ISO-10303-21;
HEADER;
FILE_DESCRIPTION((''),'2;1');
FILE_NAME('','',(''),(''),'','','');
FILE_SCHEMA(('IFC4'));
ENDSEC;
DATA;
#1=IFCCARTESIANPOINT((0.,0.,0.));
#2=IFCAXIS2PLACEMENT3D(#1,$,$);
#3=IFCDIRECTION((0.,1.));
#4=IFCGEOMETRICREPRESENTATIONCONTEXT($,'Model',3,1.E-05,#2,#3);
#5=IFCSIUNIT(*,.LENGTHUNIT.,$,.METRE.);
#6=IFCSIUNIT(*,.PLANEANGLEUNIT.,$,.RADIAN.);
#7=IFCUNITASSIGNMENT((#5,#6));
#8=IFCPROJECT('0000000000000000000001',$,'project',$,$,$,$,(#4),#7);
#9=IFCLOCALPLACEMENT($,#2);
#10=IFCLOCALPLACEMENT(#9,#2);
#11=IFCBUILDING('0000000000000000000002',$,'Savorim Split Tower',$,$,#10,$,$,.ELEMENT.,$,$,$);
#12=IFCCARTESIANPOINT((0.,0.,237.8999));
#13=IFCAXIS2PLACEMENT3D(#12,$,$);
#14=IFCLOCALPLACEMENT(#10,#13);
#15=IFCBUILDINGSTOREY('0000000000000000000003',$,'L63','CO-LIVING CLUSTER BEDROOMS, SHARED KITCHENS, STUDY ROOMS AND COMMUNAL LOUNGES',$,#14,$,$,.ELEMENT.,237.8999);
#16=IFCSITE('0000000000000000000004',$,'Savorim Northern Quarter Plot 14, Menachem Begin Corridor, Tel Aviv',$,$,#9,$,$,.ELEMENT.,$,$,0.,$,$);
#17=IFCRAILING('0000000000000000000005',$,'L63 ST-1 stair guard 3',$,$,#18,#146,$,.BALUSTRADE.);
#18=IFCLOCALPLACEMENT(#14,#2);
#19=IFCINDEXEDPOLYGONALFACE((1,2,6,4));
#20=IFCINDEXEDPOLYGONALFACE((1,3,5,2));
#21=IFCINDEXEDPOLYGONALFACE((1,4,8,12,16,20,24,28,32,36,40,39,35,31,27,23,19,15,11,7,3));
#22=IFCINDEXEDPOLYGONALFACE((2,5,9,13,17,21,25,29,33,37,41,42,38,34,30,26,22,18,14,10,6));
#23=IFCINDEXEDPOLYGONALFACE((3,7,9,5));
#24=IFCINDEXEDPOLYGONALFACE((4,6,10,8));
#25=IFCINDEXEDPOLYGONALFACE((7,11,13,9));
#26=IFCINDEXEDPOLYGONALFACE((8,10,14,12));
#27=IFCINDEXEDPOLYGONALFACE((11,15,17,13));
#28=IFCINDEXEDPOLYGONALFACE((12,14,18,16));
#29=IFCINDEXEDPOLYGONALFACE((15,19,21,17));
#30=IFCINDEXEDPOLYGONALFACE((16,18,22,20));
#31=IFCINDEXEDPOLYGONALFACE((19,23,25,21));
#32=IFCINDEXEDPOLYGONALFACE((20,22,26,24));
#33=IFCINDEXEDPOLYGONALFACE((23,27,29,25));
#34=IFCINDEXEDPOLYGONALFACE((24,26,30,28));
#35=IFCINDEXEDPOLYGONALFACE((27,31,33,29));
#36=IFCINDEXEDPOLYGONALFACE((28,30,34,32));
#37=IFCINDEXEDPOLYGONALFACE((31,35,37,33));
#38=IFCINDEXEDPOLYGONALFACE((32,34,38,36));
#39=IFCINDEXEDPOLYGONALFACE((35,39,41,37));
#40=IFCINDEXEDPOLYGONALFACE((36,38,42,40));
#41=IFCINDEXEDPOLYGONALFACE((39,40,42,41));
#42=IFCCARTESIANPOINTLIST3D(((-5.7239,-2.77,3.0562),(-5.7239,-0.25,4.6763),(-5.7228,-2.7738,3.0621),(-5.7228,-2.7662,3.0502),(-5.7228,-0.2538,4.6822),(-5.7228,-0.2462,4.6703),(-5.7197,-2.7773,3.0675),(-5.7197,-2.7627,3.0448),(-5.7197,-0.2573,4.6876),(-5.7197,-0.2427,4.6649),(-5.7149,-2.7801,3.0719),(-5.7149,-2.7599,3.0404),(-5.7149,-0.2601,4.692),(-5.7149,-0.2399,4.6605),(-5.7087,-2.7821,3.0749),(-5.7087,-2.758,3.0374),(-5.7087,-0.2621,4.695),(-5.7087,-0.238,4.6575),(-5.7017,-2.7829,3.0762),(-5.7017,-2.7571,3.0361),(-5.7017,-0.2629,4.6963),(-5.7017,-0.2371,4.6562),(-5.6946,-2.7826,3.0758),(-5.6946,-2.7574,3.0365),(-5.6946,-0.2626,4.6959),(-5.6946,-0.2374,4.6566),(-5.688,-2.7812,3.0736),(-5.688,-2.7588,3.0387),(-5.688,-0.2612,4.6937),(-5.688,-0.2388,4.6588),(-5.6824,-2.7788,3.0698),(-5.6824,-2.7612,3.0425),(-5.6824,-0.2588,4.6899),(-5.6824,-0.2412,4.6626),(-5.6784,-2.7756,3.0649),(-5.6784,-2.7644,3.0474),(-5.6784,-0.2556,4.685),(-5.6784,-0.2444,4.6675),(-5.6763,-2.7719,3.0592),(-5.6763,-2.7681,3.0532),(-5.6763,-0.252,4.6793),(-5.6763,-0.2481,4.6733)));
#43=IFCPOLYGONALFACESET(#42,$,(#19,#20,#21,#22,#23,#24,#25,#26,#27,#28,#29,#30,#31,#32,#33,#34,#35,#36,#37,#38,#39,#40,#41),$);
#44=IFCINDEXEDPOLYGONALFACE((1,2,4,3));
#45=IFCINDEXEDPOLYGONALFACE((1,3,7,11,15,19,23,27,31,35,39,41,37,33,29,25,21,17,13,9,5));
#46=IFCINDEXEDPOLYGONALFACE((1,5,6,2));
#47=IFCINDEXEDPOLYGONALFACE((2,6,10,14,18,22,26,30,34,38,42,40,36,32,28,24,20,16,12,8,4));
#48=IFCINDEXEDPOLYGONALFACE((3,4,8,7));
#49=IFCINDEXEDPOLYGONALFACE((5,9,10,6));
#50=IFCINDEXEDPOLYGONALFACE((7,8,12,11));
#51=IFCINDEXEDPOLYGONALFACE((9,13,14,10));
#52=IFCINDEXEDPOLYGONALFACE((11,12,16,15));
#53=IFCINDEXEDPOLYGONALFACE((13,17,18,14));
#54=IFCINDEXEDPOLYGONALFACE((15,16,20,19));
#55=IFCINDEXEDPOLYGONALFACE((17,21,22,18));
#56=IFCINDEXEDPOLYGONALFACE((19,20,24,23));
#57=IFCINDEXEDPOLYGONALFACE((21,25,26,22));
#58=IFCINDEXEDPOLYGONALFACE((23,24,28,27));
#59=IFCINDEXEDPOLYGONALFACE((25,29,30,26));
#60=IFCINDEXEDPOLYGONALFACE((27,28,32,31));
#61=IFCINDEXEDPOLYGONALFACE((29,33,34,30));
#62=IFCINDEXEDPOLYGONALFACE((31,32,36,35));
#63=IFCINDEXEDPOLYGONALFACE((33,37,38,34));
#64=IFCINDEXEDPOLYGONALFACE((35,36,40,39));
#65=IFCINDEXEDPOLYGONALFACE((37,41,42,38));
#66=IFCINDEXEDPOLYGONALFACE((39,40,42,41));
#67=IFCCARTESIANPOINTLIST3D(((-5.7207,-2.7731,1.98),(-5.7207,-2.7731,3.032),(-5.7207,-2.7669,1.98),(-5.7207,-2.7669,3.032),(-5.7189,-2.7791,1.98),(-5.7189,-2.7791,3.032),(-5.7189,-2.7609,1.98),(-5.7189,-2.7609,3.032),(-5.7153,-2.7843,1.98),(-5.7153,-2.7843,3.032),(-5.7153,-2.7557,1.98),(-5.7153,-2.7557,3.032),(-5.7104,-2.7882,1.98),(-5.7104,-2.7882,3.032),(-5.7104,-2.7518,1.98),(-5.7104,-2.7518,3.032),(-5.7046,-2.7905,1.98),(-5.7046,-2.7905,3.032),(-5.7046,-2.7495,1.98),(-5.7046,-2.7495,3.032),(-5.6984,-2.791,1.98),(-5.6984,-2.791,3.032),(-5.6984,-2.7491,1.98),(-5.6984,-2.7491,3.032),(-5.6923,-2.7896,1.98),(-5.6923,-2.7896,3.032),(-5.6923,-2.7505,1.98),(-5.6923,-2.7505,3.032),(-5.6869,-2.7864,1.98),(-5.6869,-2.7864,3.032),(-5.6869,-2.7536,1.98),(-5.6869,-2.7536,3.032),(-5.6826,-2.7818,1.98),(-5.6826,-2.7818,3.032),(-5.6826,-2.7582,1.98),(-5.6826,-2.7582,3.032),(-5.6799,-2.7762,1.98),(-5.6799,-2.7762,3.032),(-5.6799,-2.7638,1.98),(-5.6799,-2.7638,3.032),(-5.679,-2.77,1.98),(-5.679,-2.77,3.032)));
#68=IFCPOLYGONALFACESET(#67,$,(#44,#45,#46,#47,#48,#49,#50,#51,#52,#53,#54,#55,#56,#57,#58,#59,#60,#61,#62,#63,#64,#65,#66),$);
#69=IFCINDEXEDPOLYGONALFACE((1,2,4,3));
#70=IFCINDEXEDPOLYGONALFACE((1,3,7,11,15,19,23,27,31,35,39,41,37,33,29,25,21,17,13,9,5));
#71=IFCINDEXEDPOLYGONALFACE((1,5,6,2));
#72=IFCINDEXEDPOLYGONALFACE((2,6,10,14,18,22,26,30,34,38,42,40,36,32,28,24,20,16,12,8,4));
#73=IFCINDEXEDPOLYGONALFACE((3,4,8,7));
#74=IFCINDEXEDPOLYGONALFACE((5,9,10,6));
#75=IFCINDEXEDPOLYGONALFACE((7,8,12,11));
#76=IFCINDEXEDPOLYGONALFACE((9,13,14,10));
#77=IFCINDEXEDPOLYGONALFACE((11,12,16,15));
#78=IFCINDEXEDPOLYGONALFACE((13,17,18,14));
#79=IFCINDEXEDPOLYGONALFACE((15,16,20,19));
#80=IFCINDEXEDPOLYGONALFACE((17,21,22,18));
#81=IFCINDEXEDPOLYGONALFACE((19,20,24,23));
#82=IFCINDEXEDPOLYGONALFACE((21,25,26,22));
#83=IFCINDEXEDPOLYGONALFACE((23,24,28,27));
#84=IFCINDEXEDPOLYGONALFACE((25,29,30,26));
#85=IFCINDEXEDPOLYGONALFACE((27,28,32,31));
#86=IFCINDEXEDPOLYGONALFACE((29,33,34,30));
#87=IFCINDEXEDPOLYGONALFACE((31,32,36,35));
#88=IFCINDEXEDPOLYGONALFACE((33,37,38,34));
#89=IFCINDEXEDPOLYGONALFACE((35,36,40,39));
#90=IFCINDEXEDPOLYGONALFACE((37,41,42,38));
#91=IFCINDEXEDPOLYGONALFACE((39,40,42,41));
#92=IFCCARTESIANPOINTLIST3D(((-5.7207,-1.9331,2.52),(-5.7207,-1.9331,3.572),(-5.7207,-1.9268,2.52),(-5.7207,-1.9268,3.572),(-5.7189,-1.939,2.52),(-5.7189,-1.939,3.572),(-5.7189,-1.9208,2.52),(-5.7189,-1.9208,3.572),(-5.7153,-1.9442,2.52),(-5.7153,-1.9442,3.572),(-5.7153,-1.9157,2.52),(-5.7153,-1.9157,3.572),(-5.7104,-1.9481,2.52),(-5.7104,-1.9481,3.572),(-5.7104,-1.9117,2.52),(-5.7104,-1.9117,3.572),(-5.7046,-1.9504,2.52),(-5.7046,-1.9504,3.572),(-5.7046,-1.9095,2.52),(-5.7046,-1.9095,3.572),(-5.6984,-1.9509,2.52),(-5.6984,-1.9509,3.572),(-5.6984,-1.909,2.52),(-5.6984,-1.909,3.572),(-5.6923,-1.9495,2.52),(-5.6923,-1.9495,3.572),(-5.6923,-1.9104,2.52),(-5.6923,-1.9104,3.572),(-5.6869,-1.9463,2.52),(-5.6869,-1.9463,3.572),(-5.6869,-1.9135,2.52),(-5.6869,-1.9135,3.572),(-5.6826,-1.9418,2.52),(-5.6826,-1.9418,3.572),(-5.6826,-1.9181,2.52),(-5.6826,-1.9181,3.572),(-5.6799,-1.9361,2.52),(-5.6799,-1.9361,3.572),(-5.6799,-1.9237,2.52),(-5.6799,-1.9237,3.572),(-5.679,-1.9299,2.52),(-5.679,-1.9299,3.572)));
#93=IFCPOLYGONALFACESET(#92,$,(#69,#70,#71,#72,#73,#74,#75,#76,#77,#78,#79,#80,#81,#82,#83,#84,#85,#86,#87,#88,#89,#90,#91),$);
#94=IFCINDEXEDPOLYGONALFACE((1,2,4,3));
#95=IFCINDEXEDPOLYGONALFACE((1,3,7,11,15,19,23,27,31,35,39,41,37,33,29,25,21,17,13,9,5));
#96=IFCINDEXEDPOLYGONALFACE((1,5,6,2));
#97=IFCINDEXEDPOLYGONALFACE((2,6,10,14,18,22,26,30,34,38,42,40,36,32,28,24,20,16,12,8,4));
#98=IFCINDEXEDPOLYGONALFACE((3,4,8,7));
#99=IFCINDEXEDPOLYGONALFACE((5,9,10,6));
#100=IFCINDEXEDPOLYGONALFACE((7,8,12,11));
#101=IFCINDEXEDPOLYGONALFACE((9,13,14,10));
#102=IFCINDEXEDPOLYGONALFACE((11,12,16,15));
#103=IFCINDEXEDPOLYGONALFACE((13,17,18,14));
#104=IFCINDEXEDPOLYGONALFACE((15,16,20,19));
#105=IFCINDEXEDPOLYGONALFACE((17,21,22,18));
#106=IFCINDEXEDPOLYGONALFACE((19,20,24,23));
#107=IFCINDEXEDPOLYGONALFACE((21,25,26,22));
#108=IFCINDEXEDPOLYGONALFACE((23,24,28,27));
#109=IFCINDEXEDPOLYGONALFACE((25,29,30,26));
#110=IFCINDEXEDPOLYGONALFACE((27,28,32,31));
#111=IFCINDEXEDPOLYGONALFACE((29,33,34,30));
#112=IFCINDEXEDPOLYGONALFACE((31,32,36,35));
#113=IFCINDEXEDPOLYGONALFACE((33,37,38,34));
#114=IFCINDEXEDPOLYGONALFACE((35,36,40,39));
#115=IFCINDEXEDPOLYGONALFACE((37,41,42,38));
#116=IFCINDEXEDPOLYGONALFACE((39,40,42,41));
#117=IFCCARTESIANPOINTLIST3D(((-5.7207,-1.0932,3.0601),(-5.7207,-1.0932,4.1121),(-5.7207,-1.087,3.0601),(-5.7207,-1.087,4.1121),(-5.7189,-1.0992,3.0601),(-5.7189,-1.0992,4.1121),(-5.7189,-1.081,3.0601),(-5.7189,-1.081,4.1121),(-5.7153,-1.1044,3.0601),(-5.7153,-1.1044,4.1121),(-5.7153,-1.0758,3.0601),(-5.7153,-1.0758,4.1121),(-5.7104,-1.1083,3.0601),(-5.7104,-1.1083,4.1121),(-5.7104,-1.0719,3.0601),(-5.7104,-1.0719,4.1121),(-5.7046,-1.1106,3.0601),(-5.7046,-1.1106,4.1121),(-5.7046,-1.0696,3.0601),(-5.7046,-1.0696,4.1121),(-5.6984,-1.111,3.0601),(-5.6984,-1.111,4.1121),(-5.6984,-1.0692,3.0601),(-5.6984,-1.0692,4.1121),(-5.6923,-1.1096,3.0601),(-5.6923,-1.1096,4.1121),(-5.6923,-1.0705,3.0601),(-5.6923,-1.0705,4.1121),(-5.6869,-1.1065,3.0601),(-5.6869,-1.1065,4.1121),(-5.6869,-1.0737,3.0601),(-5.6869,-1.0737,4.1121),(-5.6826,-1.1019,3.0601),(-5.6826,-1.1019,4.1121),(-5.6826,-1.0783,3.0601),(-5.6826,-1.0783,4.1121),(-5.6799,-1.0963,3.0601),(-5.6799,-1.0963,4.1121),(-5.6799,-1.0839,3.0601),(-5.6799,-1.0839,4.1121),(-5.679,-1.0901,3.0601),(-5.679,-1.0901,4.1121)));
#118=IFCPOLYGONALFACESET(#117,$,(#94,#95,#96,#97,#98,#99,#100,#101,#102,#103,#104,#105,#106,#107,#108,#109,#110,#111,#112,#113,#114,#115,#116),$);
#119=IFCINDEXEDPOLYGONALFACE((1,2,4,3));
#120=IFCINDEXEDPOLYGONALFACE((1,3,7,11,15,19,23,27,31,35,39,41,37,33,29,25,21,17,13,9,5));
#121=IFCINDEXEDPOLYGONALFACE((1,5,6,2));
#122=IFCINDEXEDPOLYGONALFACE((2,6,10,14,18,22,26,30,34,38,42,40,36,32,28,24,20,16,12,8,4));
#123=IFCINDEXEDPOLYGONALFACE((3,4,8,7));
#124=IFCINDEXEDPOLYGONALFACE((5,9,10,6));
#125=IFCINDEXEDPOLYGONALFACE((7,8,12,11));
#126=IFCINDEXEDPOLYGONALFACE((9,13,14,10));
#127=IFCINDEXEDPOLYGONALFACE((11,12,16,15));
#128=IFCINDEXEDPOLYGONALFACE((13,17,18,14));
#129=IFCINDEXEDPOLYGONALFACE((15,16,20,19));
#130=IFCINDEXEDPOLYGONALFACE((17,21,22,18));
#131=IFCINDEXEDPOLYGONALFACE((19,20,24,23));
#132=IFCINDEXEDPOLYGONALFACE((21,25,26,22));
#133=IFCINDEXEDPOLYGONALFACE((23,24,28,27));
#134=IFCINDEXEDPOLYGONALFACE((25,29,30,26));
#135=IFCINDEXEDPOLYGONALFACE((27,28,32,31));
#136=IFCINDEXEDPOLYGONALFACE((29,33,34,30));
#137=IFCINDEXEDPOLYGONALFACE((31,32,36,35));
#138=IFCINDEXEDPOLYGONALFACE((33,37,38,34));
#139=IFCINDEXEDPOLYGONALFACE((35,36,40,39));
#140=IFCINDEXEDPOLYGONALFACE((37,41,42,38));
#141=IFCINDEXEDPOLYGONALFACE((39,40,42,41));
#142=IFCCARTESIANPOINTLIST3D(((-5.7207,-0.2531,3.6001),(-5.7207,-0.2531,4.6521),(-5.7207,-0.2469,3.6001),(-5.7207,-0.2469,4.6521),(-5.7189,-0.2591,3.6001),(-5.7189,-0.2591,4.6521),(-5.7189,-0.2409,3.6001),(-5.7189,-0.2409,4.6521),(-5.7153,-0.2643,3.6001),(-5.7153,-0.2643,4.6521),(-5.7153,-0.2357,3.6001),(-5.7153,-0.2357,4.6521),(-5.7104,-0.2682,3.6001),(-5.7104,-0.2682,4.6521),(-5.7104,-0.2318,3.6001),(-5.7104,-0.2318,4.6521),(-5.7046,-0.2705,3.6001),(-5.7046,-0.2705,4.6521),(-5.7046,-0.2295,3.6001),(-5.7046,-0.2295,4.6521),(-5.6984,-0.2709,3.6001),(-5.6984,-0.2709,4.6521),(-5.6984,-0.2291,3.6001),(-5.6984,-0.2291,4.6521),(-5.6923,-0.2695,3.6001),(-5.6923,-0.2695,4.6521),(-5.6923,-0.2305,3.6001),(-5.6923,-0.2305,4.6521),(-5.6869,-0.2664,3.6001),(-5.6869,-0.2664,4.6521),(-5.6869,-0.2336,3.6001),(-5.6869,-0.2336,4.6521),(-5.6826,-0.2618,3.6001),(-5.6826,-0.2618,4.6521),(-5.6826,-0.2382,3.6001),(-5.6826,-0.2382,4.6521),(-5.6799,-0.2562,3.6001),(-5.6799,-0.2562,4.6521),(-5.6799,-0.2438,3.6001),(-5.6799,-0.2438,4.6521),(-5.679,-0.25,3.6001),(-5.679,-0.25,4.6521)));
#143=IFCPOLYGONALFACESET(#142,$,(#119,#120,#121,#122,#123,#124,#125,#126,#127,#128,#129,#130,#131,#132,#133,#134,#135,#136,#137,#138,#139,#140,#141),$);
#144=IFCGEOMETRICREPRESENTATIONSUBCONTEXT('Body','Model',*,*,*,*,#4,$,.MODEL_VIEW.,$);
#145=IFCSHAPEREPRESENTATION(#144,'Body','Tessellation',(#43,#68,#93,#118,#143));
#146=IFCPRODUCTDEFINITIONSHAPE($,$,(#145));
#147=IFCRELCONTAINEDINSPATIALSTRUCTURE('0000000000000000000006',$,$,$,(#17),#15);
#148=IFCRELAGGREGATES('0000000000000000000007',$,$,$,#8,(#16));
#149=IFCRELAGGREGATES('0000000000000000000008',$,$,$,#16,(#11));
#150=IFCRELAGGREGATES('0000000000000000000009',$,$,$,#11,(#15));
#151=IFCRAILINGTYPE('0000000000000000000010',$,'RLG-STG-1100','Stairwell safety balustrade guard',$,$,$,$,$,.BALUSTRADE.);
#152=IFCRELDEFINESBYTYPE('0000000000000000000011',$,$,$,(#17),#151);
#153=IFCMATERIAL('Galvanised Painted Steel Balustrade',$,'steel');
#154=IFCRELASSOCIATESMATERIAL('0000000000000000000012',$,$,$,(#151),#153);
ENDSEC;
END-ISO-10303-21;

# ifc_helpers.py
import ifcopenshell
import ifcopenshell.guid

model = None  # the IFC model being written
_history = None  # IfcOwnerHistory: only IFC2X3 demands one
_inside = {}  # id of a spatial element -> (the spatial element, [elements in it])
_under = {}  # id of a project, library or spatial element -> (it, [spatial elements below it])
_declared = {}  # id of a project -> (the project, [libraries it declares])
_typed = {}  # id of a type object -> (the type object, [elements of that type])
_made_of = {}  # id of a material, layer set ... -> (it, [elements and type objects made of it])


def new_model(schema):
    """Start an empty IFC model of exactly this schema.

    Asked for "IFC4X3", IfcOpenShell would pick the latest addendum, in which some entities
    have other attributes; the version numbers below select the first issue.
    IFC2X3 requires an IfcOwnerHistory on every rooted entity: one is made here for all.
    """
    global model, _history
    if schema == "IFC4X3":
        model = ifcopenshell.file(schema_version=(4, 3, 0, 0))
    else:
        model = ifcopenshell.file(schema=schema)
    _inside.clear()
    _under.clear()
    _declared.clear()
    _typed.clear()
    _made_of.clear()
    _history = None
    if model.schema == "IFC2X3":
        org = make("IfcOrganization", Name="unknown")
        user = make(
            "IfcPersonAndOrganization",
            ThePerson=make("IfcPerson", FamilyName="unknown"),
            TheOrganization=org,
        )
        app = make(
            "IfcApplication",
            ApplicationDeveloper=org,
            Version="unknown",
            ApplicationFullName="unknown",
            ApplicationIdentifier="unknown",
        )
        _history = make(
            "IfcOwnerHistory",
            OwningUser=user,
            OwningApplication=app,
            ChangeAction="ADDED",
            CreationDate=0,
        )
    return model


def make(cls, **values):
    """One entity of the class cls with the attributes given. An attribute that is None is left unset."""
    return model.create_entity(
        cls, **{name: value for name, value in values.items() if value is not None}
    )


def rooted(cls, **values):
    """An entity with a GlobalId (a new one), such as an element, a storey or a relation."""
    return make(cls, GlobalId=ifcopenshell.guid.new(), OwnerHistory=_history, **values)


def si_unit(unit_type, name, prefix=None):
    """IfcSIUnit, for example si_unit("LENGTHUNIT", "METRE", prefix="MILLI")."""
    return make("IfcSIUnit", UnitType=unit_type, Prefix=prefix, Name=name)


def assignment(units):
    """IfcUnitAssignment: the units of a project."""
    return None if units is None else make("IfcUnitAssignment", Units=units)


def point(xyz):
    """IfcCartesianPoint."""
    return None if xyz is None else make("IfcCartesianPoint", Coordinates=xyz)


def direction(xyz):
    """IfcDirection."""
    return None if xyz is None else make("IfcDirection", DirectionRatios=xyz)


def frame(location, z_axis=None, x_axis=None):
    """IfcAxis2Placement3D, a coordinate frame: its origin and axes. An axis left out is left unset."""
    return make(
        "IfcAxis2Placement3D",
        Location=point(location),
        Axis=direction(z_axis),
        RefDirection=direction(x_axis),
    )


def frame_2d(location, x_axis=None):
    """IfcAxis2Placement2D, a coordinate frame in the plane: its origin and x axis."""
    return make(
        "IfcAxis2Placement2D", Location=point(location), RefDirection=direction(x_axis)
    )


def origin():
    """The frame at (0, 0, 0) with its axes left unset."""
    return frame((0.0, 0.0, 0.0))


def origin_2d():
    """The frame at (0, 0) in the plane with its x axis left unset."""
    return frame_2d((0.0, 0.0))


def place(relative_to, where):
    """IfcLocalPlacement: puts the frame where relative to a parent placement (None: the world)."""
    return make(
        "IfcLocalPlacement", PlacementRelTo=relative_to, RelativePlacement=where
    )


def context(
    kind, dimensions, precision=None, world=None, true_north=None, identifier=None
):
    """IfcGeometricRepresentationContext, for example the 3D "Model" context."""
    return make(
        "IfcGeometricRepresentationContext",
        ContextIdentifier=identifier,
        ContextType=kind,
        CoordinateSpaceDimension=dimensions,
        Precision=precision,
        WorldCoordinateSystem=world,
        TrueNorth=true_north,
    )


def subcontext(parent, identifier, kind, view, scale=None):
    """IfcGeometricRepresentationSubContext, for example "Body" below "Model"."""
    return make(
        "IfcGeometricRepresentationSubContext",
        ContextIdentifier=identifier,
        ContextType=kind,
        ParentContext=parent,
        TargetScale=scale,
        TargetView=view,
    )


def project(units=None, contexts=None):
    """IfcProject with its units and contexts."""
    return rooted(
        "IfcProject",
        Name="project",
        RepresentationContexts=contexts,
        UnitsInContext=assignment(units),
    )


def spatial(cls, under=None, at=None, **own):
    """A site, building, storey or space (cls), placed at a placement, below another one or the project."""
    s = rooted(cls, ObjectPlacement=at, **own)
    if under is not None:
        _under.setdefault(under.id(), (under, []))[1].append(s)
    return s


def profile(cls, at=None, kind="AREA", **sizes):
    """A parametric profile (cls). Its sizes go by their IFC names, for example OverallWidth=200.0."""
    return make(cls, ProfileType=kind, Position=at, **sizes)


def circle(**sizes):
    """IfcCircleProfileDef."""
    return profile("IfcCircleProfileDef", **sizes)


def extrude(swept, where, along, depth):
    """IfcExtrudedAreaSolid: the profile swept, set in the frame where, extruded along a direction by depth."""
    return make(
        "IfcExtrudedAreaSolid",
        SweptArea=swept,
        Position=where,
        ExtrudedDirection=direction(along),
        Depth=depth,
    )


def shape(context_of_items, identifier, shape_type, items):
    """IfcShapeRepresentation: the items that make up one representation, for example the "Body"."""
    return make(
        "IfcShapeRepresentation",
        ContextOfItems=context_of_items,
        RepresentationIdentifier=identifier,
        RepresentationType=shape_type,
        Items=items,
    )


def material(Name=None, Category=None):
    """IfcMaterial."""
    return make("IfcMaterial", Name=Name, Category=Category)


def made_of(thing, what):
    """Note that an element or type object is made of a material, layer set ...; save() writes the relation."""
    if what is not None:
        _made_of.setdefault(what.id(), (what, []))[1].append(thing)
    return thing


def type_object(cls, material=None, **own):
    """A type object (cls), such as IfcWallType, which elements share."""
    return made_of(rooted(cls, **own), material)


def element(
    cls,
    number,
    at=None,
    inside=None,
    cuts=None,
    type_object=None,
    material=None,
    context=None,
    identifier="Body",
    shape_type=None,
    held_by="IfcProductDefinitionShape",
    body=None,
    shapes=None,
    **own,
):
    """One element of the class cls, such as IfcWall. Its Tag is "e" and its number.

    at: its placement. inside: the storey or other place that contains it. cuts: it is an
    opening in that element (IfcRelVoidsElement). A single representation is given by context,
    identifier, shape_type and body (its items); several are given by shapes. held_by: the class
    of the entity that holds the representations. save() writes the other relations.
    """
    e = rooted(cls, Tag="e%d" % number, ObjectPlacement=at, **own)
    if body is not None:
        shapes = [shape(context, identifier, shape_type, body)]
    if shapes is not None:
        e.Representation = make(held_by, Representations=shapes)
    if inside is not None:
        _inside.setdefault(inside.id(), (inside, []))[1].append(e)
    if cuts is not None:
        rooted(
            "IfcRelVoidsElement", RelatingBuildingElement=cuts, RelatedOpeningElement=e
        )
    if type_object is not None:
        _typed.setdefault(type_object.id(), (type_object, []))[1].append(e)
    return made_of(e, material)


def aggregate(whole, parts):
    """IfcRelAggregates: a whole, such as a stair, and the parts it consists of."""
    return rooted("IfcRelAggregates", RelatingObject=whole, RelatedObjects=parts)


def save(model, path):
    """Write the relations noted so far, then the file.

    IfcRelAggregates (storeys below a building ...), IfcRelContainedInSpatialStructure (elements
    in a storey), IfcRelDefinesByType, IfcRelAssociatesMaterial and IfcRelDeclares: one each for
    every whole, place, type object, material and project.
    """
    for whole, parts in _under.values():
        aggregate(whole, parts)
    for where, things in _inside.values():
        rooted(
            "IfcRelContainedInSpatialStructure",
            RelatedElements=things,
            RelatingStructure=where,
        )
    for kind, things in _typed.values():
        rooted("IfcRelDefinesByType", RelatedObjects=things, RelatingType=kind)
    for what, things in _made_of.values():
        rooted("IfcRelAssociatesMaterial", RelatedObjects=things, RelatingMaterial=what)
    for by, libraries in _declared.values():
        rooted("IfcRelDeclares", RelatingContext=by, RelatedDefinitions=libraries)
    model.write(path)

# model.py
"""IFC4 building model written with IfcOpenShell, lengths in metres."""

from ifc_helpers import new_model, si_unit, direction, frame, origin, origin_2d, place, context, subcontext, project, spatial, circle, extrude, material, type_object, element, save


model = new_model("IFC4")

# Units and contexts
model_context = context("Model", 3, precision=1e-05, world=origin(), true_north=direction((0.0, 1.0)))
body_context = subcontext(model_context, "Body", "Model", "MODEL_VIEW")
ifc_project = project(units=[si_unit("LENGTHUNIT", "METRE"), si_unit("PLANEANGLEUNIT", "RADIAN")], contexts=[model_context])

# Site, building, storey
site_placement = place(None, origin())
site = spatial("IfcSite", under=ifc_project, at=site_placement, Name="Savorim Northern Quarter Plot 14, Menachem Begin Corridor, Tel Aviv", CompositionType="ELEMENT", RefElevation=0.0)
building_placement = place(site_placement, origin())
building = spatial("IfcBuilding", under=site, at=building_placement, Name="Savorim Split Tower", CompositionType="ELEMENT")
storey_placement = place(building_placement, frame((0.0, 0.0, 237.8999)))
storey = spatial("IfcBuildingStorey", under=building, at=storey_placement, Name="L63", Description="CO-LIVING CLUSTER BEDROOMS, SHARED KITCHENS, STUDY ROOMS AND COMMUNAL LOUNGES", CompositionType="ELEMENT", Elevation=237.8999)

# Railing
ifc_material_1 = material(Name="Galvanised Painted Steel Balustrade", Category="steel")
railing_type_1 = type_object("IfcRailingType", Name="RLG-STG-1100", Description="Stairwell safety balustrade guard", PredefinedType="BALUSTRADE", material=ifc_material_1)
railing_1_placement = place(storey_placement, frame((-5.7, -2.77, 1.98)))
element("IfcRailing", 1, at=railing_1_placement, inside=storey, type_object=railing_type_1, Name="L63 ST-1 stair guard 3", PredefinedType="BALUSTRADE", context=body_context, shape_type="SweptSolid", body=[
    extrude(circle(Radius=0.0239, at=origin_2d()), frame((0.0, 0.0, 1.0762), z_axis=(0.0, 0.841163, 0.540782), x_axis=(-1.0, 0.0, 0.0)), (0.0, 0.0, 1.0), 2.9958),
    extrude(circle(Radius=0.021, at=origin_2d()), origin(), (0.0, 0.0, 1.0), 1.052),
    extrude(circle(Radius=0.021, at=origin_2d()), frame((0.0, 0.8401, 0.54)), (0.0, 0.0, 1.0), 1.052),
    extrude(circle(Radius=0.021, at=origin_2d()), frame((0.0, 1.6799, 1.0801)), (0.0, 0.0, 1.0), 1.052),
    extrude(circle(Radius=0.021, at=origin_2d()), frame((0.0, 2.52, 1.6201)), (0.0, 0.0, 1.0), 1.052),
])

save(model, "model.ifc")
